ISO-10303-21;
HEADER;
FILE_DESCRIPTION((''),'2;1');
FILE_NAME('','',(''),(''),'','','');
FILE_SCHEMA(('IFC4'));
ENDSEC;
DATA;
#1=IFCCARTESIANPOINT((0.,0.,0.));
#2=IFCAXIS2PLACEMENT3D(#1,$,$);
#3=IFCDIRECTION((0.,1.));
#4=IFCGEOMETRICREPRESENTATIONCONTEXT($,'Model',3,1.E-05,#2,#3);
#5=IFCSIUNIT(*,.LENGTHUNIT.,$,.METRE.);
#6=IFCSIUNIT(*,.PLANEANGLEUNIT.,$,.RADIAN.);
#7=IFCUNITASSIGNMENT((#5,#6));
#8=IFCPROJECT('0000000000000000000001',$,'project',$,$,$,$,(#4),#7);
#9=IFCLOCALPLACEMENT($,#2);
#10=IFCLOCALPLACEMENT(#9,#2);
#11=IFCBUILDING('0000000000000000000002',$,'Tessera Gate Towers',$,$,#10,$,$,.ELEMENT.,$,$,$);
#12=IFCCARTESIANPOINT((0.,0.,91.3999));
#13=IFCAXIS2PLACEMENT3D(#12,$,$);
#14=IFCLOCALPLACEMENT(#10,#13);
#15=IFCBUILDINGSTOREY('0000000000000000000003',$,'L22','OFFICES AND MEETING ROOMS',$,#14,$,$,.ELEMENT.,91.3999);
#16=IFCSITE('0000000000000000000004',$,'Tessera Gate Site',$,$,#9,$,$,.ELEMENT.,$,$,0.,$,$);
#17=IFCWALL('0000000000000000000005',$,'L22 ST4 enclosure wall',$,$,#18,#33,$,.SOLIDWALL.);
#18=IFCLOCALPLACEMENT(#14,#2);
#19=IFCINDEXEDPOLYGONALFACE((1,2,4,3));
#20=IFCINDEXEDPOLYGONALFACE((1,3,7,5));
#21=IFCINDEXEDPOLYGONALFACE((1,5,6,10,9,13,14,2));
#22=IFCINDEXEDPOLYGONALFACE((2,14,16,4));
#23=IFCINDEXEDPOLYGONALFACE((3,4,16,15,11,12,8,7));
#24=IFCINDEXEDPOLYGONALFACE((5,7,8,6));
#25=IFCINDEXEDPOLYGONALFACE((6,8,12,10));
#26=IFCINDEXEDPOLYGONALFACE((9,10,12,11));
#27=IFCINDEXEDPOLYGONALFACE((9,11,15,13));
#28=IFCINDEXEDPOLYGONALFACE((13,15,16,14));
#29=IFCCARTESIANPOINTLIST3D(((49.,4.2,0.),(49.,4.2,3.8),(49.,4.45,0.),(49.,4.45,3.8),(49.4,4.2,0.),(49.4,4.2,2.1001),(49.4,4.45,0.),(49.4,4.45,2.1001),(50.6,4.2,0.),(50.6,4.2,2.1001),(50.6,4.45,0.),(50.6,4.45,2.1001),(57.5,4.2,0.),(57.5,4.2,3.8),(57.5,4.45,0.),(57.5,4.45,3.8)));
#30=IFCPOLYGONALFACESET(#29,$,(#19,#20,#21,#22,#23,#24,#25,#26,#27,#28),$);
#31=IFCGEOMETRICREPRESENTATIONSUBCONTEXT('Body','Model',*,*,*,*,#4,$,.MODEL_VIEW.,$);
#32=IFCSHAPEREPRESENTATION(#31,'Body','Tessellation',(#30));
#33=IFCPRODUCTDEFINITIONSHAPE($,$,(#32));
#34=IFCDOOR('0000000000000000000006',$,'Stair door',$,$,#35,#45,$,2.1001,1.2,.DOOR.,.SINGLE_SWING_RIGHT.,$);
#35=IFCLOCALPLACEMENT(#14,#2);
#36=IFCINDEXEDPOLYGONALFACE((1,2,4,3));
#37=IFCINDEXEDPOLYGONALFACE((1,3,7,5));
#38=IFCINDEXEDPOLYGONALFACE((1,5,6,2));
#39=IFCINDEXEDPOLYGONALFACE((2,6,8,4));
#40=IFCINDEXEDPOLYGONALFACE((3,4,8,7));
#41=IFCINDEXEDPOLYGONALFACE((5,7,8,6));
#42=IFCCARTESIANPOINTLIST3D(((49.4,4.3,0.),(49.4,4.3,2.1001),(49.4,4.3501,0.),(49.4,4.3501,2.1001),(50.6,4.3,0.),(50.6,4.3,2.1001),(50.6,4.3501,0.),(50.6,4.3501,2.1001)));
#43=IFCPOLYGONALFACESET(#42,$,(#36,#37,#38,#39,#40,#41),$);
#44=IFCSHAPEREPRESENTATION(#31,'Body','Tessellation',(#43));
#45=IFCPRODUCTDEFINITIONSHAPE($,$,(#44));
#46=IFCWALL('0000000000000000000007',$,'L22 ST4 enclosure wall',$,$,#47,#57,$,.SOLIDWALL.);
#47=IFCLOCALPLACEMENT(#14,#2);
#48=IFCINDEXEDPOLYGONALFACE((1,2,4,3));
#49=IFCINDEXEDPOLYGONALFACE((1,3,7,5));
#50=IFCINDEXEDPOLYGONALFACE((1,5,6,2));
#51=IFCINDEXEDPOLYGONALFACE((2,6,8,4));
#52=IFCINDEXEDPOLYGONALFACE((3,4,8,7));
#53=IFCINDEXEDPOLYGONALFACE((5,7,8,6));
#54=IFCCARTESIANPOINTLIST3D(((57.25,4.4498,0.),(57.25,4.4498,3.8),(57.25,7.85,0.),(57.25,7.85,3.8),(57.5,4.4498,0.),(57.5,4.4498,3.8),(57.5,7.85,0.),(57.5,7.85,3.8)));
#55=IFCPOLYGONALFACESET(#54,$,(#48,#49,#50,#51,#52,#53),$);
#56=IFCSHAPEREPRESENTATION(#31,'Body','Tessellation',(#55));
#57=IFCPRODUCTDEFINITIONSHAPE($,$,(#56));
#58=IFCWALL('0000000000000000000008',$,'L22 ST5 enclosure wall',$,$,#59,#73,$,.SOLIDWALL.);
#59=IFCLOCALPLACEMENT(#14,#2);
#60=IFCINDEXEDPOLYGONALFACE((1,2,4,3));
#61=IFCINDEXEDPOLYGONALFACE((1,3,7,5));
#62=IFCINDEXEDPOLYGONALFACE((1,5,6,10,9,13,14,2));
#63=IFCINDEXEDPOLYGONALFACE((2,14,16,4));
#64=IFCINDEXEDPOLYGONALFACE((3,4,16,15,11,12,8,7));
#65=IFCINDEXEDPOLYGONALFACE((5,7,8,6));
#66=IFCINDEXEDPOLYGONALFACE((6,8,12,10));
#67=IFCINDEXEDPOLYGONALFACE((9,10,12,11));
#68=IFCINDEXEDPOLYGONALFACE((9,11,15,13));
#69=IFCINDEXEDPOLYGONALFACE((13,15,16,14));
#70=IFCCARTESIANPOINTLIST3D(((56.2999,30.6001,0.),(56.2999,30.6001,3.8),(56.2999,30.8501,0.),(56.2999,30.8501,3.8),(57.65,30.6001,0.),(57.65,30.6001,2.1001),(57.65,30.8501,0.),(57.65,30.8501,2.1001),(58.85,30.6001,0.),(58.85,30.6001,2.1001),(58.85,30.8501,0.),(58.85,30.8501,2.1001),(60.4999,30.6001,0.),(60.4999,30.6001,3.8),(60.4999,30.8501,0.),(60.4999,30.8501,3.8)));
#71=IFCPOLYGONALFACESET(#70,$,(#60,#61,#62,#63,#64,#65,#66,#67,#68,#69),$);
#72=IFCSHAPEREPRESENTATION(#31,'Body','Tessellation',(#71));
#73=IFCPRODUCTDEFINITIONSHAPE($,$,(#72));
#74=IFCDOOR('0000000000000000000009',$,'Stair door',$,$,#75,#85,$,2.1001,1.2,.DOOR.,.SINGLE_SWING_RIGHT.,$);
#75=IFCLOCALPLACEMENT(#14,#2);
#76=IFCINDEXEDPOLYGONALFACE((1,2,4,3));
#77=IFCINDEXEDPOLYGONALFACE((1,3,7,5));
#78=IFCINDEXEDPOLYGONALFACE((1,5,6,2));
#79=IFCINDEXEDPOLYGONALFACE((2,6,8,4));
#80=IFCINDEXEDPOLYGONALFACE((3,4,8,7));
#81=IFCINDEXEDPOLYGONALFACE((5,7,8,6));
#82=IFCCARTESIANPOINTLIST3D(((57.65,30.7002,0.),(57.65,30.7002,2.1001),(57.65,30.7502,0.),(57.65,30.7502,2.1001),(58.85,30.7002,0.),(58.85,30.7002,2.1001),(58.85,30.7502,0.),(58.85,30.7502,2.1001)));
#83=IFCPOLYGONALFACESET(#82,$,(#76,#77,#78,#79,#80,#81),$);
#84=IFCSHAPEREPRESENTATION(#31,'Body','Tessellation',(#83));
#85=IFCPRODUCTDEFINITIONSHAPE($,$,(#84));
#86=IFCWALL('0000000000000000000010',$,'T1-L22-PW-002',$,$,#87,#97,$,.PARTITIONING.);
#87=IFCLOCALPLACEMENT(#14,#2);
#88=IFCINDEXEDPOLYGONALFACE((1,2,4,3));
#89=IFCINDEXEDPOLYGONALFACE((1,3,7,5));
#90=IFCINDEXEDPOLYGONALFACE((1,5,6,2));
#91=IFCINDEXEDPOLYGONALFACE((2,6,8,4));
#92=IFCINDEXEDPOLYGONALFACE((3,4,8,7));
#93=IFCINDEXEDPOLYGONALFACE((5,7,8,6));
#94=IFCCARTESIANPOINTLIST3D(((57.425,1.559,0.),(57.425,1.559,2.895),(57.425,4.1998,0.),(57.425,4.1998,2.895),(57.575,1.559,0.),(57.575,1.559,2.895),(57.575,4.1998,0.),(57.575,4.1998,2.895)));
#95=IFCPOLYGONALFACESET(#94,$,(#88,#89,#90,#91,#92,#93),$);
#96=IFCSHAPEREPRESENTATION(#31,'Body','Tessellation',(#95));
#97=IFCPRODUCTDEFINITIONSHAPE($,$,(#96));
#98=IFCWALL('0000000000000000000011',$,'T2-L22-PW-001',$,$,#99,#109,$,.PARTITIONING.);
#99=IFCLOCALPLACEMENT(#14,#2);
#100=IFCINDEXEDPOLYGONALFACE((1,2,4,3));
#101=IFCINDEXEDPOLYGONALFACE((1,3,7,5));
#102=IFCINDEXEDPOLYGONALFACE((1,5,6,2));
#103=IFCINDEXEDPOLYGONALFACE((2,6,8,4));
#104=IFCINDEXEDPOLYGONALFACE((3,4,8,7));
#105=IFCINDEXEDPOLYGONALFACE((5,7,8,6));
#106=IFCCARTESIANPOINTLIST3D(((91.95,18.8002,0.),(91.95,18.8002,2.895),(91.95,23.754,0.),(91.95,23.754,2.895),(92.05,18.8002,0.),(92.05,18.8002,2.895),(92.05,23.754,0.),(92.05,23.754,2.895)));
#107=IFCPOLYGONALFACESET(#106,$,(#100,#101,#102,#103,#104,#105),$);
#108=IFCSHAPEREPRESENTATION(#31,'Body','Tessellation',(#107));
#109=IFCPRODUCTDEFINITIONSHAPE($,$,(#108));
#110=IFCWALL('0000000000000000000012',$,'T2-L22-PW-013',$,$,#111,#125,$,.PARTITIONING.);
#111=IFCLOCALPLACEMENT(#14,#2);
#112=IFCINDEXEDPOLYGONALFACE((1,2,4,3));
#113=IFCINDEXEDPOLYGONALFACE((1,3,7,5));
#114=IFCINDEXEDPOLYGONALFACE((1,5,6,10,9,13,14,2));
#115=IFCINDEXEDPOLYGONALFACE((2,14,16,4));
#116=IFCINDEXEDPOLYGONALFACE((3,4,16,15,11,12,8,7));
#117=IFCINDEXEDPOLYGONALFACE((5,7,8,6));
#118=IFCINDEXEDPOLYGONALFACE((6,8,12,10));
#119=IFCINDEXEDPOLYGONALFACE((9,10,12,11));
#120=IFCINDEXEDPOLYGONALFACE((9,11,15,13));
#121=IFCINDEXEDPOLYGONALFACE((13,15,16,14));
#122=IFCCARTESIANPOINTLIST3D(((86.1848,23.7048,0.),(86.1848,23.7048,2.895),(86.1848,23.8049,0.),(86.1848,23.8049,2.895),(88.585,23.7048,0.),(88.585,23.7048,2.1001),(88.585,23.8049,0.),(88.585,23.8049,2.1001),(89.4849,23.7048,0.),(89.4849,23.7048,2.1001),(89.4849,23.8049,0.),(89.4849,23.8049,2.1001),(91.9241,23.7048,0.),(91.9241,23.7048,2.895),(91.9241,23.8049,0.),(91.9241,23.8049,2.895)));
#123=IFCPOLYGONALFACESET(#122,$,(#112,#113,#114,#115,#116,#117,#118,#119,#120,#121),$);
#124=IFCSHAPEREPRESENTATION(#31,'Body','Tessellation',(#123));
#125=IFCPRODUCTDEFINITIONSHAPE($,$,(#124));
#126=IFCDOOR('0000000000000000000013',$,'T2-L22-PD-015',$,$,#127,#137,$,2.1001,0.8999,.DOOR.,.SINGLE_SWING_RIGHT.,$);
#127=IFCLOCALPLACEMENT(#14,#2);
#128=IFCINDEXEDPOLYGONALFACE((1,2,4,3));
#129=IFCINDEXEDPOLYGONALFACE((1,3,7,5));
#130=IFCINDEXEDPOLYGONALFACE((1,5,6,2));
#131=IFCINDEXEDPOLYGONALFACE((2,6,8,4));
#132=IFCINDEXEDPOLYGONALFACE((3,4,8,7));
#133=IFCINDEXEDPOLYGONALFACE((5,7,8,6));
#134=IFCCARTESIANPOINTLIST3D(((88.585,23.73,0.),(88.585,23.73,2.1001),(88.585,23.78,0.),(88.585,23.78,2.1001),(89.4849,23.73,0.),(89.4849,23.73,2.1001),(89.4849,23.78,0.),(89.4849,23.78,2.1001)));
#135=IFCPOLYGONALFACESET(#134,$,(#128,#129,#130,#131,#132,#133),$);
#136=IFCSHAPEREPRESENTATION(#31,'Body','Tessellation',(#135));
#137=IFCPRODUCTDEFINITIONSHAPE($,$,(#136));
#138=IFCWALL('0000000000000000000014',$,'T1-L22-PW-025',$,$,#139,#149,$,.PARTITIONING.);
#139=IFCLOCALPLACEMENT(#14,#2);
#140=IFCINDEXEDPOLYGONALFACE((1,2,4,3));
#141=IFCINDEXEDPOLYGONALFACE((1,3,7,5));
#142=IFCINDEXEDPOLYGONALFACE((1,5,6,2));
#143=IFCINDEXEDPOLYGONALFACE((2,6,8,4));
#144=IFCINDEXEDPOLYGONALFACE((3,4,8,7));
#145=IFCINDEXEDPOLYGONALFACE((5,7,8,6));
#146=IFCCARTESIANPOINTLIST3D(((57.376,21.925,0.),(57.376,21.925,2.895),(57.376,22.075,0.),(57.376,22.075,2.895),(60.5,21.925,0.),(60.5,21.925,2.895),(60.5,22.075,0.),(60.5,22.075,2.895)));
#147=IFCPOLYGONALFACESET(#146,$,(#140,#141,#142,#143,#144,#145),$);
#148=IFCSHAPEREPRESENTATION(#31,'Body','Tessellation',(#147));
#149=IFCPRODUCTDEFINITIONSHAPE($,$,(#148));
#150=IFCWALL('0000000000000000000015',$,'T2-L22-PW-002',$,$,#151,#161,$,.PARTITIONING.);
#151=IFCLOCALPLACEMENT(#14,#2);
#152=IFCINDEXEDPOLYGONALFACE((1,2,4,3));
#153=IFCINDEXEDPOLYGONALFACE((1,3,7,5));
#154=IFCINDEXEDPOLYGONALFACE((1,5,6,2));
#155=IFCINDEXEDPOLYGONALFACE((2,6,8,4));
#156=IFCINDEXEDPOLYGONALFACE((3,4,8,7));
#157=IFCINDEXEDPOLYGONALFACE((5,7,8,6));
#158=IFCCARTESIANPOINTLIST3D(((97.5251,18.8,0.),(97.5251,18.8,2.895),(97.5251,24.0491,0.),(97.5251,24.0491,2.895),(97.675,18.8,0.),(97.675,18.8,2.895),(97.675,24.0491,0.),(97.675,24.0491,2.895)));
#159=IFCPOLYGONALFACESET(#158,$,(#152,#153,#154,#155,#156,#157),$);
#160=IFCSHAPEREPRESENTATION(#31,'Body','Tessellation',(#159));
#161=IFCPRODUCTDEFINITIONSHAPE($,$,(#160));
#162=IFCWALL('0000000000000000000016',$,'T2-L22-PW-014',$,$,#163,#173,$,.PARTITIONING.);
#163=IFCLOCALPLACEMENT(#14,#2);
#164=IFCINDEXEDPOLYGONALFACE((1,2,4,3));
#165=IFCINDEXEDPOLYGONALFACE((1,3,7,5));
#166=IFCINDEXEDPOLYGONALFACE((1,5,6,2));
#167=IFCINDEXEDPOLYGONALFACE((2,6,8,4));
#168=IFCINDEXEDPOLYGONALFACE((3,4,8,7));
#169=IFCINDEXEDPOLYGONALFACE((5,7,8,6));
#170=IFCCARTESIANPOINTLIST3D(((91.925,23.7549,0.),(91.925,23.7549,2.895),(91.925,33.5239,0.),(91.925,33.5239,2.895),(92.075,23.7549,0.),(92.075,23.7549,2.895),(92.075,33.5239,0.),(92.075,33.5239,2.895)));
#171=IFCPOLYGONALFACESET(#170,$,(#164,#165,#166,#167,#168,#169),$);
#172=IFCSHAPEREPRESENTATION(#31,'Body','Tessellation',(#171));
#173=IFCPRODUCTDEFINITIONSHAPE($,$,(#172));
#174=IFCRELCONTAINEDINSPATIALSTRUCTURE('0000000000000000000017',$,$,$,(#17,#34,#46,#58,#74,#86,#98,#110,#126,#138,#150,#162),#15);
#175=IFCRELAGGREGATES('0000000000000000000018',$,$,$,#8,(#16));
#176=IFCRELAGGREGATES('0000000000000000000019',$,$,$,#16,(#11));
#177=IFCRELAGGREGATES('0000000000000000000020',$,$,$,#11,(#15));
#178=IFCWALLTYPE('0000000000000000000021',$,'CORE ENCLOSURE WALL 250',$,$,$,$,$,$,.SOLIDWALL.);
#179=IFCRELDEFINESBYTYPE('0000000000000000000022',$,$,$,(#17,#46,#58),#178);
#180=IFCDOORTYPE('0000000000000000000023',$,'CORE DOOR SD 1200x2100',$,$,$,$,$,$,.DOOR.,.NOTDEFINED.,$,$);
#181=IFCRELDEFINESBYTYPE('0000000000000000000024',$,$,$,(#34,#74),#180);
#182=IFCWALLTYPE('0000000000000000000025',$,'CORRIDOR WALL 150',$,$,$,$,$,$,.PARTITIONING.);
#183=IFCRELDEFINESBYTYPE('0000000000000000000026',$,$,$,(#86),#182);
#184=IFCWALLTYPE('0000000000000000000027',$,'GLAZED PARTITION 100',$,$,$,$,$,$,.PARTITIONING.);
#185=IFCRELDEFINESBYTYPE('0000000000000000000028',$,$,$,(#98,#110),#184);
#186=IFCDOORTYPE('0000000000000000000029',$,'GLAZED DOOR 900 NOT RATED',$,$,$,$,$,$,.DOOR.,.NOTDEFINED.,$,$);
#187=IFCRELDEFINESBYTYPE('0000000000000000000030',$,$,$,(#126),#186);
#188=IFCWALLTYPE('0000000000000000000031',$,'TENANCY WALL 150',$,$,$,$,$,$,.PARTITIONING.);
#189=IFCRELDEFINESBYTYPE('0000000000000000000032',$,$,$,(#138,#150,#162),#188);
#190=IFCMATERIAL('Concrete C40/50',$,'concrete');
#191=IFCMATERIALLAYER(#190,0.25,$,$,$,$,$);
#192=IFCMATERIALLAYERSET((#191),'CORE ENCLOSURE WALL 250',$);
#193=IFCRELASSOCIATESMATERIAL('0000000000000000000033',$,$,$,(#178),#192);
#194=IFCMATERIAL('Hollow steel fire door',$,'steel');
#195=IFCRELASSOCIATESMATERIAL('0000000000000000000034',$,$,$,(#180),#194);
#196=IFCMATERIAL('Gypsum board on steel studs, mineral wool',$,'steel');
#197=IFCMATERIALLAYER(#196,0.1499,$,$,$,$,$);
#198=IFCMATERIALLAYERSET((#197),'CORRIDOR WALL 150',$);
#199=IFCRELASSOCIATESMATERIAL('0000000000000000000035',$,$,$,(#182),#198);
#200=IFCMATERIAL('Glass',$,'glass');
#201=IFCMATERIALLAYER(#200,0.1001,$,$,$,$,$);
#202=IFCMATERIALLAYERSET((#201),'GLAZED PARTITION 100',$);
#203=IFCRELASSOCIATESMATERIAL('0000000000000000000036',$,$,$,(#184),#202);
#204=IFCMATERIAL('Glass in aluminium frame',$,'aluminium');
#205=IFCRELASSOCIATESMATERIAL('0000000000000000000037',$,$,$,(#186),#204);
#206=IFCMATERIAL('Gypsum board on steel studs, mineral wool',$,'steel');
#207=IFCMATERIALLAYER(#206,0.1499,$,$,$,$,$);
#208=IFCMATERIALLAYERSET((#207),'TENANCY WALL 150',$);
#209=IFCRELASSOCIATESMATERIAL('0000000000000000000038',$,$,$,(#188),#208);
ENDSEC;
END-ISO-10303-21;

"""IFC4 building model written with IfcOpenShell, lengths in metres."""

from ifc_helpers import new_model, si_unit, direction, frame, frame_2d, origin, place, context, subcontext, project, spatial, rectangle, extrude, source, transform, mapped, material, layer, layer_set, type_object, element, fill, save


model = new_model("IFC4")

# Units and contexts
model_context = context("Model", 3, precision=1e-05, world=origin(), true_north=direction((0.0, 1.0)))
body_context = subcontext(model_context, "Body", "Model", "MODEL_VIEW")
ifc_project = project(units=[si_unit("LENGTHUNIT", "METRE"), si_unit("PLANEANGLEUNIT", "RADIAN")], contexts=[model_context])

# Site, building, storey
site_placement = place(None, origin())
site = spatial("IfcSite", under=ifc_project, at=site_placement, Name="Tessera Gate Site", CompositionType="ELEMENT", RefElevation=0.0)
building_placement = place(site_placement, origin())
building = spatial("IfcBuilding", under=site, at=building_placement, Name="Tessera Gate Towers", CompositionType="ELEMENT")
storey_placement = place(building_placement, frame((0.0, 0.0, 91.3999)))
storey = spatial("IfcBuildingStorey", under=building, at=storey_placement, Name="L22", Description="OFFICES AND MEETING ROOMS", CompositionType="ELEMENT", Elevation=91.3999)

# Wall, opening, door
ifc_material_1 = material(Name="Concrete C40/50", Category="concrete")
ifc_layer_1 = layer(ifc_material_1, 0.25)
ifc_layer_set_1 = layer_set([ifc_layer_1], Name="CORE ENCLOSURE WALL 250")
wall_type_1 = type_object("IfcWallType", Name="CORE ENCLOSURE WALL 250", PredefinedType="SOLIDWALL", material=ifc_layer_set_1)
wall_1_placement = place(storey_placement, frame((57.5, 4.325, 0.0), z_axis=(0.0, 0.0, 1.0), x_axis=(-1.0, 0.0, 0.0)))
wall_1 = element("IfcWall", 1, at=wall_1_placement, inside=storey, type_object=wall_type_1, Name="L22 ST4 enclosure wall", PredefinedType="SOLIDWALL", context=body_context, shape_type="SweptSolid", body=[
    extrude(rectangle(XDim=8.5, YDim=0.25, at=frame_2d((4.25, 0.0))), origin(), (0.0, 0.0, 1.0), 3.8),
])
shared_shape_1 = source(origin(), body_context, "Body", "SweptSolid", [
    extrude(rectangle(XDim=1.2, YDim=2.1001, at=frame_2d((0.6001, 1.05))), frame((0.0, 0.135, 0.0), z_axis=(0.0, -1.0, 0.0), x_axis=(1.0, 0.0, 0.0)), (0.0, 0.0, 1.0), 0.27),
])
opening_1_placement = place(wall_1_placement, frame((6.8999, 0.0, 0.0)))
opening_1 = element("IfcOpeningElement", 2, at=opening_1_placement, cuts=wall_1, PredefinedType="OPENING", context=body_context, shape_type="MappedRepresentation", body=[
    mapped(shared_shape_1, transform((0.0, 0.0, 0.0), scale=1.0)),
])
ifc_material_2 = material(Name="Hollow steel fire door", Category="steel")
door_type_1 = type_object("IfcDoorType", Name="CORE DOOR SD 1200x2100", OperationType="NOTDEFINED", PredefinedType="DOOR", material=ifc_material_2)
shared_shape_2 = source(origin(), body_context, "Body", "SweptSolid", [
    extrude(rectangle(XDim=1.2, YDim=2.1001, at=frame_2d((0.6001, 1.05))), frame((0.0, 0.0249, 0.0), z_axis=(0.0, -1.0, 0.0), x_axis=(1.0, 0.0, 0.0)), (0.0, 0.0, 1.0), 0.05),
])
door_1_placement = place(opening_1_placement, origin())
door_1 = element("IfcDoor", 3, at=door_1_placement, inside=storey, type_object=door_type_1, Name="Stair door", OperationType="SINGLE_SWING_RIGHT", OverallHeight=2.1001, OverallWidth=1.2, PredefinedType="DOOR", context=body_context, shape_type="MappedRepresentation", body=[
    mapped(shared_shape_2, transform((0.0, 0.0, 0.0), scale=1.0)),
])
fill(opening_1, door_1)

# Wall
wall_2_placement = place(storey_placement, frame((57.375, 7.8501, 0.0), z_axis=(0.0, 0.0, 1.0), x_axis=(0.0, -1.0, 0.0)))
element("IfcWall", 4, at=wall_2_placement, inside=storey, type_object=wall_type_1, Name="L22 ST4 enclosure wall", PredefinedType="SOLIDWALL", context=body_context, shape_type="SweptSolid", body=[
    extrude(rectangle(XDim=3.4001, YDim=0.25, at=frame_2d((1.7002, 0.0))), origin(), (0.0, 0.0, 1.0), 3.8),
])

# Wall, opening, door
wall_3_placement = place(storey_placement, frame((60.5, 30.7251, 0.0), z_axis=(0.0, 0.0, 1.0), x_axis=(-1.0, 0.0, 0.0)))
wall_3 = element("IfcWall", 5, at=wall_3_placement, inside=storey, type_object=wall_type_1, Name="L22 ST5 enclosure wall", PredefinedType="SOLIDWALL", context=body_context, shape_type="SweptSolid", body=[
    extrude(rectangle(XDim=4.2, YDim=0.25, at=frame_2d((2.1001, 0.0))), origin(), (0.0, 0.0, 1.0), 3.8),
])
opening_2_placement = place(wall_3_placement, frame((1.6499, 0.0, 0.0)))
opening_2 = element("IfcOpeningElement", 6, at=opening_2_placement, cuts=wall_3, PredefinedType="OPENING", context=body_context, shape_type="MappedRepresentation", body=[
    mapped(shared_shape_1, transform((0.0, 0.0, 0.0), scale=1.0)),
])
door_2_placement = place(opening_2_placement, origin())
door_2 = element("IfcDoor", 7, at=door_2_placement, inside=storey, type_object=door_type_1, Name="Stair door", OperationType="SINGLE_SWING_RIGHT", OverallHeight=2.1001, OverallWidth=1.2, PredefinedType="DOOR", context=body_context, shape_type="MappedRepresentation", body=[
    mapped(shared_shape_2, transform((0.0, 0.0, 0.0), scale=1.0)),
])
fill(opening_2, door_2)

# Walls
ifc_material_3 = material(Name="Gypsum board on steel studs, mineral wool", Category="steel")
ifc_layer_2 = layer(ifc_material_3, 0.1499)
ifc_layer_set_2 = layer_set([ifc_layer_2], Name="CORRIDOR WALL 150")
wall_type_2 = type_object("IfcWallType", Name="CORRIDOR WALL 150", PredefinedType="PARTITIONING", material=ifc_layer_set_2)
wall_4_placement = place(storey_placement, frame((57.5, 1.5591, 0.0), z_axis=(0.0, 0.0, 1.0), x_axis=(0.0, 1.0, 0.0)))
element("IfcWall", 8, at=wall_4_placement, inside=storey, type_object=wall_type_2, Name="T1-L22-PW-002", PredefinedType="PARTITIONING", context=body_context, shape_type="SweptSolid", body=[
    extrude(rectangle(XDim=2.6409, YDim=0.1499, at=frame_2d((1.3203, 0.0))), origin(), (0.0, 0.0, 1.0), 2.895),
])
ifc_material_4 = material(Name="Glass", Category="glass")
ifc_layer_3 = layer(ifc_material_4, 0.1001)
ifc_layer_set_3 = layer_set([ifc_layer_3], Name="GLAZED PARTITION 100")
wall_type_3 = type_object("IfcWallType", Name="GLAZED PARTITION 100", PredefinedType="PARTITIONING", material=ifc_layer_set_3)
wall_5_placement = place(storey_placement, frame((92.0, 18.8, 0.0), z_axis=(0.0, 0.0, 1.0), x_axis=(0.0, 1.0, 0.0)))
element("IfcWall", 9, at=wall_5_placement, inside=storey, type_object=wall_type_3, Name="T2-L22-PW-001", PredefinedType="PARTITIONING", context=body_context, shape_type="SweptSolid", body=[
    extrude(rectangle(XDim=4.9539, YDim=0.1001, at=frame_2d((2.4771, 0.0))), origin(), (0.0, 0.0, 1.0), 2.895),
])

# Wall, opening, door
wall_6_placement = place(storey_placement, frame((91.9241, 23.7549, 0.0), z_axis=(0.0, 0.0, 1.0), x_axis=(-1.0, 0.0, 0.0)))
wall_6 = element("IfcWall", 10, at=wall_6_placement, inside=storey, type_object=wall_type_3, Name="T2-L22-PW-013", PredefinedType="PARTITIONING", context=body_context, shape_type="SweptSolid", body=[
    extrude(rectangle(XDim=5.7393, YDim=0.1001, at=frame_2d((2.8696, 0.0))), origin(), (0.0, 0.0, 1.0), 2.895),
])
shared_shape_3 = source(origin(), body_context, "Body", "SweptSolid", [
    extrude(rectangle(XDim=0.8999, YDim=2.1001, at=frame_2d((0.45, 1.05))), frame((0.0, 0.0601, 0.0), z_axis=(0.0, -1.0, 0.0), x_axis=(1.0, 0.0, 0.0)), (0.0, 0.0, 1.0), 0.1201),
])
opening_3_placement = place(wall_6_placement, frame((2.4392, 0.0, 0.0)))
opening_3 = element("IfcOpeningElement", 11, at=opening_3_placement, cuts=wall_6, PredefinedType="OPENING", context=body_context, shape_type="MappedRepresentation", body=[
    mapped(shared_shape_3, transform((0.0, 0.0, 0.0), scale=1.0)),
])
ifc_material_5 = material(Name="Glass in aluminium frame", Category="aluminium")
door_type_2 = type_object("IfcDoorType", Name="GLAZED DOOR 900 NOT RATED", OperationType="NOTDEFINED", PredefinedType="DOOR", material=ifc_material_5)
shared_shape_4 = source(origin(), body_context, "Body", "SweptSolid", [
    extrude(rectangle(XDim=0.8999, YDim=2.1001, at=frame_2d((0.45, 1.05))), frame((0.0, 0.0249, 0.0), z_axis=(0.0, -1.0, 0.0), x_axis=(1.0, 0.0, 0.0)), (0.0, 0.0, 1.0), 0.05),
])
door_3_placement = place(opening_3_placement, origin())
door_3 = element("IfcDoor", 12, at=door_3_placement, inside=storey, type_object=door_type_2, Name="T2-L22-PD-015", OperationType="SINGLE_SWING_RIGHT", OverallHeight=2.1001, OverallWidth=0.8999, PredefinedType="DOOR", context=body_context, shape_type="MappedRepresentation", body=[
    mapped(shared_shape_4, transform((0.0, 0.0, 0.0), scale=1.0)),
])
fill(opening_3, door_3)

# Walls
ifc_material_6 = material(Name="Gypsum board on steel studs, mineral wool", Category="steel")
ifc_layer_4 = layer(ifc_material_6, 0.1499)
ifc_layer_set_4 = layer_set([ifc_layer_4], Name="TENANCY WALL 150")
wall_type_4 = type_object("IfcWallType", Name="TENANCY WALL 150", PredefinedType="PARTITIONING", material=ifc_layer_set_4)
wall_7_placement = place(storey_placement, frame((57.376, 22.0, 0.0), z_axis=(0.0, 0.0, 1.0), x_axis=(1.0, 0.0, 0.0)))
element("IfcWall", 13, at=wall_7_placement, inside=storey, type_object=wall_type_4, Name="T1-L22-PW-025", PredefinedType="PARTITIONING", context=body_context, shape_type="SweptSolid", body=[
    extrude(rectangle(XDim=3.124, YDim=0.1499, at=frame_2d((1.562, 0.0))), origin(), (0.0, 0.0, 1.0), 2.895),
])
wall_8_placement = place(storey_placement, frame((97.6001, 18.8, 0.0), z_axis=(0.0, 0.0, 1.0), x_axis=(0.0, 1.0, 0.0)))
element("IfcWall", 14, at=wall_8_placement, inside=storey, type_object=wall_type_4, Name="T2-L22-PW-002", PredefinedType="PARTITIONING", context=body_context, shape_type="SweptSolid", body=[
    extrude(rectangle(XDim=5.249, YDim=0.1499, at=frame_2d((2.6245, 0.0))), origin(), (0.0, 0.0, 1.0), 2.895),
])
wall_9_placement = place(storey_placement, frame((92.0, 23.7549, 0.0), z_axis=(0.0, 0.0, 1.0), x_axis=(0.0, 1.0, 0.0)))
element("IfcWall", 15, at=wall_9_placement, inside=storey, type_object=wall_type_4, Name="T2-L22-PW-014", PredefinedType="PARTITIONING", context=body_context, shape_type="SweptSolid", body=[
    extrude(rectangle(XDim=9.769, YDim=0.1499, at=frame_2d((4.8845, 0.0))), origin(), (0.0, 0.0, 1.0), 2.895),
])

save(model, "model.ifc")
